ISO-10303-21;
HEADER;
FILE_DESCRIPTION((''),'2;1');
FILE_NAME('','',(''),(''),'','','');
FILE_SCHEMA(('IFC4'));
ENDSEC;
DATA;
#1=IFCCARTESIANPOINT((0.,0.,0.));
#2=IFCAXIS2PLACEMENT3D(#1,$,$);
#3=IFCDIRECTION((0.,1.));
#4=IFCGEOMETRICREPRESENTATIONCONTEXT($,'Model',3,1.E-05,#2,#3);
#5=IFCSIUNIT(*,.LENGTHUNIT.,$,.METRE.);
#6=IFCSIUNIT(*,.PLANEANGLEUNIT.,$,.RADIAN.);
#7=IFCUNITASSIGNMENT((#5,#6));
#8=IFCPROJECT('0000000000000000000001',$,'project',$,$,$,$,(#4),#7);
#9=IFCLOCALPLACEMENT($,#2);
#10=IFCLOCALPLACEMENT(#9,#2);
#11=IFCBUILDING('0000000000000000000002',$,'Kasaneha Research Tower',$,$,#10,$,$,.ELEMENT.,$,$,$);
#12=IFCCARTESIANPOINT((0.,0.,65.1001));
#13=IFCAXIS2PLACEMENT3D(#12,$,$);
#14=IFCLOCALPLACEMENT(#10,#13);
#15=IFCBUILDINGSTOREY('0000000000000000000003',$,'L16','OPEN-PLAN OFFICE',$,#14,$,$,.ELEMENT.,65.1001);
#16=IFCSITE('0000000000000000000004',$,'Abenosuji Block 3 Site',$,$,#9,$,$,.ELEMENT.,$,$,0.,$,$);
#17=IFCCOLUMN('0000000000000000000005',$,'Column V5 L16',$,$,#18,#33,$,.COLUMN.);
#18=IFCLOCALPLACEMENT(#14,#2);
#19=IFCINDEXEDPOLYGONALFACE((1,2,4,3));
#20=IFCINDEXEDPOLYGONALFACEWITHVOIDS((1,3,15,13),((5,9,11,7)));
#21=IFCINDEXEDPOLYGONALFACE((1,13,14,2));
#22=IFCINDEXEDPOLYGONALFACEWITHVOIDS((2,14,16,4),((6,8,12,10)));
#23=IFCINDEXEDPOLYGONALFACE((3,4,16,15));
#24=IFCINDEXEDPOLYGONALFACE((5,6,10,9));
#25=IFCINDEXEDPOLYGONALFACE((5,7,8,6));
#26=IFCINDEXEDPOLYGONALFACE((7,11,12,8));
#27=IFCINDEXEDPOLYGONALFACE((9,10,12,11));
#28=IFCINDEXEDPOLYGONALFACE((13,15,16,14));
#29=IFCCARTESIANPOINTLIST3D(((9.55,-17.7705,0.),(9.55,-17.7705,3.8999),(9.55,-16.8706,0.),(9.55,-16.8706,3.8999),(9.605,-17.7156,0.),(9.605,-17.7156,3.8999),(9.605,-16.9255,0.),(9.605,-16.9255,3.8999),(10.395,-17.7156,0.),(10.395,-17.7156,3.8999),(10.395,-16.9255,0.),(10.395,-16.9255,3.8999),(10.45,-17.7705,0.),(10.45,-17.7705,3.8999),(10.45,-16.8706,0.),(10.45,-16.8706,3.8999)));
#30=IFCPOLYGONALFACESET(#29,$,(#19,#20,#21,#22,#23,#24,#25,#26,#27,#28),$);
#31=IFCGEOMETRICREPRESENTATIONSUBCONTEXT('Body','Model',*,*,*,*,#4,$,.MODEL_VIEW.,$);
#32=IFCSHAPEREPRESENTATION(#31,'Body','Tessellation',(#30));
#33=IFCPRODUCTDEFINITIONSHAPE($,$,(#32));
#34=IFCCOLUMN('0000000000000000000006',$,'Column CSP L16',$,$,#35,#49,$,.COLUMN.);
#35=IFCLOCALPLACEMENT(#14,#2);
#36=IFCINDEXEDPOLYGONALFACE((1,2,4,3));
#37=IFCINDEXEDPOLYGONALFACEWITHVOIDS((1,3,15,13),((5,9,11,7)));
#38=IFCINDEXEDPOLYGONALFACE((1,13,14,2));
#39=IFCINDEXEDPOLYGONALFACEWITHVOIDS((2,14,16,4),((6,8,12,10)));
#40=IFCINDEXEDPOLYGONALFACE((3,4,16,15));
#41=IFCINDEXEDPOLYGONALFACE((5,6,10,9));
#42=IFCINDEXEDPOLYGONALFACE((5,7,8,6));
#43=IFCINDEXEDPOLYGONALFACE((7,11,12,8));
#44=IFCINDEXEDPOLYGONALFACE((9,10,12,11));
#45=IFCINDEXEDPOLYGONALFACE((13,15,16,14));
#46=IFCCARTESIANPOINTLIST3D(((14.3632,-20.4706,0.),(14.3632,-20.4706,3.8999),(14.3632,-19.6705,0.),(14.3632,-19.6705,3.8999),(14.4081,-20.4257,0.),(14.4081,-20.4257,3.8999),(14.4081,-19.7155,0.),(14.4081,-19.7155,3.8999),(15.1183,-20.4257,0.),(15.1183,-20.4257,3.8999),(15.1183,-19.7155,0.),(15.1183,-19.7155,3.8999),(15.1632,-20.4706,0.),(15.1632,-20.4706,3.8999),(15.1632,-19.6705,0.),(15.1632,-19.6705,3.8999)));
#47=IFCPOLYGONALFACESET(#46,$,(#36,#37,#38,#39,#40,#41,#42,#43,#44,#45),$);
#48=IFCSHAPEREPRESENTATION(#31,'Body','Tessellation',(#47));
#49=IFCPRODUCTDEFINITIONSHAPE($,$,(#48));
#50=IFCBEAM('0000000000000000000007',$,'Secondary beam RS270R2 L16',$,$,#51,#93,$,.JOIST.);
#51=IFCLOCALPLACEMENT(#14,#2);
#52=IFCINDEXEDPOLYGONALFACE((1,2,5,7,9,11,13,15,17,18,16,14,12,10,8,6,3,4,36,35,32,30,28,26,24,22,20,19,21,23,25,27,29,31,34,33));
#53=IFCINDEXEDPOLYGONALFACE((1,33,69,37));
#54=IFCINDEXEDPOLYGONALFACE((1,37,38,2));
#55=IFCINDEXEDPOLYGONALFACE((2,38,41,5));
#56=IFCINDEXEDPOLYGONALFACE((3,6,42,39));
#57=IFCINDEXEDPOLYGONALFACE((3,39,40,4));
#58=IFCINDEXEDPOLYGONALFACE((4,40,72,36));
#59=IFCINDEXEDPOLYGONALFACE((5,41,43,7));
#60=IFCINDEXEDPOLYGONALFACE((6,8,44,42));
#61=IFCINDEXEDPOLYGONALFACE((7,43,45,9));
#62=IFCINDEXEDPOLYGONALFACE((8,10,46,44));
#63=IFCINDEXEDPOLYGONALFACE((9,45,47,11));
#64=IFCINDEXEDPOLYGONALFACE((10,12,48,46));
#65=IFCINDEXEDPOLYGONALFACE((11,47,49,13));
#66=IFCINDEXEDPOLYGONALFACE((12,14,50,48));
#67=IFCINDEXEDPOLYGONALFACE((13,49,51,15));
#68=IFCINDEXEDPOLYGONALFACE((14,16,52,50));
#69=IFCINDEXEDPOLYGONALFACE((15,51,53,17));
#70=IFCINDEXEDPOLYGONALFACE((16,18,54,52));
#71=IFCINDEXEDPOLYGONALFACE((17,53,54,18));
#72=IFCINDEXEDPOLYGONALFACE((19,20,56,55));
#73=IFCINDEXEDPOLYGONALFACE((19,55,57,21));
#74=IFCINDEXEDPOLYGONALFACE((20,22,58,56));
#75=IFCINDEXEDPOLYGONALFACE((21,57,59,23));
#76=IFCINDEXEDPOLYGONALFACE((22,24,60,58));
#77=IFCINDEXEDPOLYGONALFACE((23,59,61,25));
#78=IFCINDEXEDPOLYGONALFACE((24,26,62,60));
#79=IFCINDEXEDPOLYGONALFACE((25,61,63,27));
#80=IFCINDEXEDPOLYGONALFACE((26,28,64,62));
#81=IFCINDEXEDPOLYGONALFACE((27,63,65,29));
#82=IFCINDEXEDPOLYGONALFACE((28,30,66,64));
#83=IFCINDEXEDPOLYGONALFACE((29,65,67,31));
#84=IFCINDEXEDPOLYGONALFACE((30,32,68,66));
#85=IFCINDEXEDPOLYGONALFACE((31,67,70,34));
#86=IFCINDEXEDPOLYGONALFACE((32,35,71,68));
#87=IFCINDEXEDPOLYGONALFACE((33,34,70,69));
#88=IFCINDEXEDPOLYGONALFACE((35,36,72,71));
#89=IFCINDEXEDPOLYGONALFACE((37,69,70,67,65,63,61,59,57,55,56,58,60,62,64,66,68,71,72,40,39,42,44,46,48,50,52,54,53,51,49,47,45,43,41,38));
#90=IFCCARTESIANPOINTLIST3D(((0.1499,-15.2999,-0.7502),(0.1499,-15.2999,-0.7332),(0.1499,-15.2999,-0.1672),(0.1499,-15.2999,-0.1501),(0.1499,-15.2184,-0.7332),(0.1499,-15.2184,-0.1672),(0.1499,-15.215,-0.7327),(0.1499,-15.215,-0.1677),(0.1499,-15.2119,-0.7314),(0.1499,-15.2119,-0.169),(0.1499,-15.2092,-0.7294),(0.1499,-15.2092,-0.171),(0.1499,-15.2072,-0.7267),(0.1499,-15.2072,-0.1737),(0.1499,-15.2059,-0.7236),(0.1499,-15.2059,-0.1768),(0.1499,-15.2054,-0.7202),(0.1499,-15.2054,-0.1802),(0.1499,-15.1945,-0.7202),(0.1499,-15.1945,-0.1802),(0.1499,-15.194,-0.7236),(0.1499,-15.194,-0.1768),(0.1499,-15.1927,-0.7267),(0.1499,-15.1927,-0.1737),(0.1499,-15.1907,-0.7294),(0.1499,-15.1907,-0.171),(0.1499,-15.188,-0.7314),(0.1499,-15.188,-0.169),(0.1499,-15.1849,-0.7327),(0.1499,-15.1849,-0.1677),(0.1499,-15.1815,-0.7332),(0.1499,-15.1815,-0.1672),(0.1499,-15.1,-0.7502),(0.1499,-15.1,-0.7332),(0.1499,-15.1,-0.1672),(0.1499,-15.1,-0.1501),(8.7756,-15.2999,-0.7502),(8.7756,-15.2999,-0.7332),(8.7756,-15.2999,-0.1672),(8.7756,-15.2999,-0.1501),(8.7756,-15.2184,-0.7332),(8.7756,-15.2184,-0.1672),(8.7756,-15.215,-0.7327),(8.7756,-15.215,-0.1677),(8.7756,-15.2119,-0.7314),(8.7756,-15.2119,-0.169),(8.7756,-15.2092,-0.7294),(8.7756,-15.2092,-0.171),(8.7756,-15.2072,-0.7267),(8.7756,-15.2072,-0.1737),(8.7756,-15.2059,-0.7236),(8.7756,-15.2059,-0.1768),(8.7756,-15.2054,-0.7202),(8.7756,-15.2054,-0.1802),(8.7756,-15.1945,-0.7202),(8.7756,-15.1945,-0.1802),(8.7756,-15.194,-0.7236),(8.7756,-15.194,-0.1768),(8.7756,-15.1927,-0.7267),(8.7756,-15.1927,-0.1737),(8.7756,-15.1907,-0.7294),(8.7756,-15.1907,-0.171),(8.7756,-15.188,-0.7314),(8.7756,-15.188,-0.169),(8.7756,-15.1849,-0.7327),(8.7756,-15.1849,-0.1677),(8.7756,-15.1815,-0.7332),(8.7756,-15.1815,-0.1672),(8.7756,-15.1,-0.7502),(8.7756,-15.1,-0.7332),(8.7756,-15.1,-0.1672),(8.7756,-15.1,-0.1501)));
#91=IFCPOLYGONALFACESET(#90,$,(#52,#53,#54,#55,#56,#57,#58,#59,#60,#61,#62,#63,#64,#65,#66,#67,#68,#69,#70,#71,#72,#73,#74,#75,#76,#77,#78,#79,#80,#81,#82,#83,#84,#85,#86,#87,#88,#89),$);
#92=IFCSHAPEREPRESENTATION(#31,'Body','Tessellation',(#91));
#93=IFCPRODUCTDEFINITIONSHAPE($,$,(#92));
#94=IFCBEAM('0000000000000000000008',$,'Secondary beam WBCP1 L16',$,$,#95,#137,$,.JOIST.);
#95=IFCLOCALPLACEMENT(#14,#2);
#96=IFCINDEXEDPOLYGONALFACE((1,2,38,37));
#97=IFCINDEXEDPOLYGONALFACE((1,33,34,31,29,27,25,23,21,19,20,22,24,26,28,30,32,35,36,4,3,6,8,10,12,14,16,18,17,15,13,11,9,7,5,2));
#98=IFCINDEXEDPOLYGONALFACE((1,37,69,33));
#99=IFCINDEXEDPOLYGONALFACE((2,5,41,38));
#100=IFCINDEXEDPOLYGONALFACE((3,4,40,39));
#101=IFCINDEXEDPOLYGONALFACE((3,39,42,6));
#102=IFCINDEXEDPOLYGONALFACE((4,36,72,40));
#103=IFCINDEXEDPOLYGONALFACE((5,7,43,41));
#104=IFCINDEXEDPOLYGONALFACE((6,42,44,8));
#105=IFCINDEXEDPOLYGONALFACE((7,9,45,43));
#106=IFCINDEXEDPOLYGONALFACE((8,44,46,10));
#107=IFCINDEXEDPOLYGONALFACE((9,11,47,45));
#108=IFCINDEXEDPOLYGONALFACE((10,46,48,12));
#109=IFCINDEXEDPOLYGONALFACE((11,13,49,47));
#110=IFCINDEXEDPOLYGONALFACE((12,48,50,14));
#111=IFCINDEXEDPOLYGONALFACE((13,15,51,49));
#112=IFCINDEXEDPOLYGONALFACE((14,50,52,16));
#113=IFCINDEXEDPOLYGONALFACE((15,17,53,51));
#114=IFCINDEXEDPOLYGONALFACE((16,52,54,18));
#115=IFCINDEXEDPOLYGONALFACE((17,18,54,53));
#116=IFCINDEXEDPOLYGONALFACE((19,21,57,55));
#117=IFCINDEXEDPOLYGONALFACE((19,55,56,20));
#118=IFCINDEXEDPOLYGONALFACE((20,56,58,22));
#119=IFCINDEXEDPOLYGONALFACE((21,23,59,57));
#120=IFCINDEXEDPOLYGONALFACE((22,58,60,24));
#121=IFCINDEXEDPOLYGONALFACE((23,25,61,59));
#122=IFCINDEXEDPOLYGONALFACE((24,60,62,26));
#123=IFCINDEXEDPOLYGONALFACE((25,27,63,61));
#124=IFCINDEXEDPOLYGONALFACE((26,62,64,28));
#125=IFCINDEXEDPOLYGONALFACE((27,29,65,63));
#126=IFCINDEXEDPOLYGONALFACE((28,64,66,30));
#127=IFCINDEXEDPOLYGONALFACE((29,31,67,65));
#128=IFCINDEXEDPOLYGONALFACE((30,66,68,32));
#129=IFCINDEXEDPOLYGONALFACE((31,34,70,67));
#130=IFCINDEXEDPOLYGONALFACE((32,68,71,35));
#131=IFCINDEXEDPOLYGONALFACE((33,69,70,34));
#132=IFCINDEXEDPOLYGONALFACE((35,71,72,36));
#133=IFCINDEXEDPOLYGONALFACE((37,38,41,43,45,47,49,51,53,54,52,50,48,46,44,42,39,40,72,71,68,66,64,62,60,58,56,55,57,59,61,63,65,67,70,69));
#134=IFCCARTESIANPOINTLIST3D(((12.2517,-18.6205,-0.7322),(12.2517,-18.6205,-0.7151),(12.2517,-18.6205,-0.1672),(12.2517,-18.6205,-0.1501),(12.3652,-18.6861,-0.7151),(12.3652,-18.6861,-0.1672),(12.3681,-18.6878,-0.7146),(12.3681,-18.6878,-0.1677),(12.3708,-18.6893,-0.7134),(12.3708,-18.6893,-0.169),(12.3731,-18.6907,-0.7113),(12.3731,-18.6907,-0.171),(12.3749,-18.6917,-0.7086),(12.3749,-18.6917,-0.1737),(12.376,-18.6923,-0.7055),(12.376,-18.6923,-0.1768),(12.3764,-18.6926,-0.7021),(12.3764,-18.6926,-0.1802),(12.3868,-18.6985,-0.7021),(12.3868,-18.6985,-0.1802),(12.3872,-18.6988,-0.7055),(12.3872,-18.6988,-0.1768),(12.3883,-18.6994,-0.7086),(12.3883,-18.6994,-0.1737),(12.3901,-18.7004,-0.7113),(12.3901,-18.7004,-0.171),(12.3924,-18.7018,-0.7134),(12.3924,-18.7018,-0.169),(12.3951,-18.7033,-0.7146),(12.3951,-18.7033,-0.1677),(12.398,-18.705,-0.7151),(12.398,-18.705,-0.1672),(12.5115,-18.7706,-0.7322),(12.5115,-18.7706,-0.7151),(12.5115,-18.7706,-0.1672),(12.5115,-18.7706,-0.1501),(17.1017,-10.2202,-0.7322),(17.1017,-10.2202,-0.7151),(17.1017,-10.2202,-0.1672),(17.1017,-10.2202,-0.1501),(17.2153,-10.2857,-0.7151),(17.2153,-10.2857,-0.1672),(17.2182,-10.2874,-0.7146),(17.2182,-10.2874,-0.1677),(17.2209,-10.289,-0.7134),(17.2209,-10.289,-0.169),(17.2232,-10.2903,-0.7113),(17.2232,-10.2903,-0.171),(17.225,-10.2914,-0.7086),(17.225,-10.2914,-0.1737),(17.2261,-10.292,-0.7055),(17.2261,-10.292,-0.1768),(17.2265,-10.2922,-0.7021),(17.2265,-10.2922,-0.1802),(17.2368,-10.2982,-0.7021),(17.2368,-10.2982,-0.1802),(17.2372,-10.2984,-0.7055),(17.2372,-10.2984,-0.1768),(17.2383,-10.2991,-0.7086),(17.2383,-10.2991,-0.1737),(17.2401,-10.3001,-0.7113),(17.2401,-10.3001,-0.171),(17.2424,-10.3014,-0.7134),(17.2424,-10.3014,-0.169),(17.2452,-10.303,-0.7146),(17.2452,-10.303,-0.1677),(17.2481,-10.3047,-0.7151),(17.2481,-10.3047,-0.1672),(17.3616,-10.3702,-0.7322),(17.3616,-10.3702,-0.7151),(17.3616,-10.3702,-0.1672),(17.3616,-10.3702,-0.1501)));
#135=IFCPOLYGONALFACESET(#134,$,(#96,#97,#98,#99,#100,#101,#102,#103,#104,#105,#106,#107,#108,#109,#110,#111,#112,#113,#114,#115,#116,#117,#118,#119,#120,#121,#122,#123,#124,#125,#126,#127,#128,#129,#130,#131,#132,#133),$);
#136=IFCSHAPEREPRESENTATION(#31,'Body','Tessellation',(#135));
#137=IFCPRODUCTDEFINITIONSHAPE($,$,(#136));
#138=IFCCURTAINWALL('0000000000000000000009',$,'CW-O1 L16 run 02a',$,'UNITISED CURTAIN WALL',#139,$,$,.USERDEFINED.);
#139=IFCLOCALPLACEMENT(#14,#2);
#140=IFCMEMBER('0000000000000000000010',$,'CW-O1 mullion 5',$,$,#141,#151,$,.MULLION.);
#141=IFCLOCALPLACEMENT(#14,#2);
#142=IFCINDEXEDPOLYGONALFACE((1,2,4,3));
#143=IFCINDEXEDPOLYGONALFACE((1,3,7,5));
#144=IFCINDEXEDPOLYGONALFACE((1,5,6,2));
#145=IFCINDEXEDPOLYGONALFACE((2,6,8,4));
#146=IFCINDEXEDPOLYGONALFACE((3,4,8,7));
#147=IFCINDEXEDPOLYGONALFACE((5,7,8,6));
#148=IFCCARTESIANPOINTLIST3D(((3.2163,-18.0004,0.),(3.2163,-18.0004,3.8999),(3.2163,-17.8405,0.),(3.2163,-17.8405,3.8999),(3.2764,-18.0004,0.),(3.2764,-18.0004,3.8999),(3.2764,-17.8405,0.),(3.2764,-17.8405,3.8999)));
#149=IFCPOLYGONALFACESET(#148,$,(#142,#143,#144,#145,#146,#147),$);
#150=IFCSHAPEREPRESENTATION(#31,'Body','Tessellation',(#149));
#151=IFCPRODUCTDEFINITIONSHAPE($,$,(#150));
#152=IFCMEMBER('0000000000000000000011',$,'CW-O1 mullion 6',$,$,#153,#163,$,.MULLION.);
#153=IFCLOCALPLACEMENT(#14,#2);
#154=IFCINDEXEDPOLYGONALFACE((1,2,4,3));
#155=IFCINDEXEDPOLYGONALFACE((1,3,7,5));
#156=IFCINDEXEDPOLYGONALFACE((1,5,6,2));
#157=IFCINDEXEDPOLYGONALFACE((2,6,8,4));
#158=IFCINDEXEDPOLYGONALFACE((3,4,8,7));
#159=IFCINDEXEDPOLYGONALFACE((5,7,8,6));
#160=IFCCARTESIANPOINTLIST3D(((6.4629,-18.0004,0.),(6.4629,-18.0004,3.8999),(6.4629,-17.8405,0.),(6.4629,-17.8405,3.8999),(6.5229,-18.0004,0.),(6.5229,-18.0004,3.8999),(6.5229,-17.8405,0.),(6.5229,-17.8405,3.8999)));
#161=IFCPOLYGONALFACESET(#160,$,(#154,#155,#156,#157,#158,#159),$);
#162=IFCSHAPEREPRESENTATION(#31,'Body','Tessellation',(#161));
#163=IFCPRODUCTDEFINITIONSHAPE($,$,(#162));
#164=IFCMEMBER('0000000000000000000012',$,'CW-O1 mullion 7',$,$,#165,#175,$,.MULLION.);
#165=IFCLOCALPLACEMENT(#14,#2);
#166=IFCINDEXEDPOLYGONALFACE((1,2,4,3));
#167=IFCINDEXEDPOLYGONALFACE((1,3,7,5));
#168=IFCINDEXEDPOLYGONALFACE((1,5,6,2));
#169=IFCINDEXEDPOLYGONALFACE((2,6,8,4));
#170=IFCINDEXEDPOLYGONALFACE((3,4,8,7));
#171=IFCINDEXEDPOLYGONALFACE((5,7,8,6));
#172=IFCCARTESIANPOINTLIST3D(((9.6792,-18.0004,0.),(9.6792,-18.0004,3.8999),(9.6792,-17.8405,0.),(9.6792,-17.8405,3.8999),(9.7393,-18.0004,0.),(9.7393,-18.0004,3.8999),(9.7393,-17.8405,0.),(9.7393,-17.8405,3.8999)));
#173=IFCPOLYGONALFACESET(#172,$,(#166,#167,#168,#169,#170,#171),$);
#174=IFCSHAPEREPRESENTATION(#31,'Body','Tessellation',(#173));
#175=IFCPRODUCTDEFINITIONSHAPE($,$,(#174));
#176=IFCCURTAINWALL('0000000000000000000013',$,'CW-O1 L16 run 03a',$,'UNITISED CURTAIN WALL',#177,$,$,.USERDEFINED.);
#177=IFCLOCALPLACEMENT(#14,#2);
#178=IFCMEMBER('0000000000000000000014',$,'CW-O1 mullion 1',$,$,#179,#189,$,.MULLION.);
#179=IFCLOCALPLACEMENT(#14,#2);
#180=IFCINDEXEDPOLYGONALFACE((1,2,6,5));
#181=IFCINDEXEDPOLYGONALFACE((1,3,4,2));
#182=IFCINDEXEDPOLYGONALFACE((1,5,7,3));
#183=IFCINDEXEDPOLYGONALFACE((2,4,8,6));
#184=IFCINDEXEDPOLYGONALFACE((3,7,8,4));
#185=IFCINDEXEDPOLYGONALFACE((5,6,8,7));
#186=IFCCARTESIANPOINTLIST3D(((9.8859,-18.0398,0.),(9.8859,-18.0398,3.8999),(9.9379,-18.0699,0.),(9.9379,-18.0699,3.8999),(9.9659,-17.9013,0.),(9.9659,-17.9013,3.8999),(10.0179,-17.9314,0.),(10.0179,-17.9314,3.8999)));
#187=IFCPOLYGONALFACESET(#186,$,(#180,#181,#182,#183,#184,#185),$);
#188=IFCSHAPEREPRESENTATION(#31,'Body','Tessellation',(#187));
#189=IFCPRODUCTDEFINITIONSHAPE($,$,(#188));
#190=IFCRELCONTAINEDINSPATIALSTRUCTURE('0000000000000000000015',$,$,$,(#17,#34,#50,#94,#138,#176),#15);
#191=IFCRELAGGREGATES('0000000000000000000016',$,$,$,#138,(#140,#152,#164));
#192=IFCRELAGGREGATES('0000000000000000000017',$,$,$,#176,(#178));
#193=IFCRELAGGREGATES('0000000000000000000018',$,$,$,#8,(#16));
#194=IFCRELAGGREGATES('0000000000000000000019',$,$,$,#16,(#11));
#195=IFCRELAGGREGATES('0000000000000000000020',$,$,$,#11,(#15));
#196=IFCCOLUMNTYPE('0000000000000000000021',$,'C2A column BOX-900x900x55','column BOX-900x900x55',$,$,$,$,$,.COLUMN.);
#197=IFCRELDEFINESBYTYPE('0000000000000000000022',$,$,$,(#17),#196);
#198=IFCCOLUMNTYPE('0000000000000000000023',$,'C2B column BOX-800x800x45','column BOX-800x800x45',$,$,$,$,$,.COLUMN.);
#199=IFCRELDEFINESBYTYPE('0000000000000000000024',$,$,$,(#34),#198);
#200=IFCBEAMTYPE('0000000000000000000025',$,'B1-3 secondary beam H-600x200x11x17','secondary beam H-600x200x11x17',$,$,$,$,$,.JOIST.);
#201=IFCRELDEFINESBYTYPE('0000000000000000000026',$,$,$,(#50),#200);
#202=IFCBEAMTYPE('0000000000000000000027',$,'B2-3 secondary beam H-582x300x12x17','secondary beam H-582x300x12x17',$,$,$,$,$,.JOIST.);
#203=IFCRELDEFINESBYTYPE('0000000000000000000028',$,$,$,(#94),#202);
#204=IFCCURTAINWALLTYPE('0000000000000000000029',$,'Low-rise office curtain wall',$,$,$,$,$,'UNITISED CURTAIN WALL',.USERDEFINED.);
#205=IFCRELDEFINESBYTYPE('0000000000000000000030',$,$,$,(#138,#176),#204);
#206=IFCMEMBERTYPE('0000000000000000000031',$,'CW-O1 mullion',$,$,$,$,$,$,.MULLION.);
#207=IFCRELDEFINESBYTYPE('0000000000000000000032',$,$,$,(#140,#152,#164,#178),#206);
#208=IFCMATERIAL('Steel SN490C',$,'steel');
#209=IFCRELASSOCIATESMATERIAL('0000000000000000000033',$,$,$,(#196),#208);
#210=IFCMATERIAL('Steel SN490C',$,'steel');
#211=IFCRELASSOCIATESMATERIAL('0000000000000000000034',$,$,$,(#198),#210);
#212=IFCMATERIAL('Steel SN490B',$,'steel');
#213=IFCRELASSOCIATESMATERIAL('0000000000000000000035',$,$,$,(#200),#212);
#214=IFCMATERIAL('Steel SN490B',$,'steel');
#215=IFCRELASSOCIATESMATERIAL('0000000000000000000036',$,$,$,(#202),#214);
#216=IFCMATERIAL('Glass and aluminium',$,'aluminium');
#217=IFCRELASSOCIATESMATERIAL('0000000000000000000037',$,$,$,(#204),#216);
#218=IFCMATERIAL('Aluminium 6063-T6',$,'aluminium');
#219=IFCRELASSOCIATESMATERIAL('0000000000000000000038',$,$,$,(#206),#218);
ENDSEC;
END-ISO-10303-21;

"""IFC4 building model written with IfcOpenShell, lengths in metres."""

from ifc_helpers import new_model, si_unit, direction, frame, origin, origin_2d, place, context, subcontext, project, spatial, rectangle, hollow_rectangle, i_section, extrude, material, material_profile, profile_set, type_object, element, aggregate, save


model = new_model("IFC4")

# Units and contexts
model_context = context("Model", 3, precision=1e-05, world=origin(), true_north=direction((0.0, 1.0)))
body_context = subcontext(model_context, "Body", "Model", "MODEL_VIEW")
ifc_project = project(units=[si_unit("LENGTHUNIT", "METRE"), si_unit("PLANEANGLEUNIT", "RADIAN")], contexts=[model_context])

# Site, building, storey
site_placement = place(None, origin())
site = spatial("IfcSite", under=ifc_project, at=site_placement, Name="Abenosuji Block 3 Site", CompositionType="ELEMENT", RefElevation=0.0)
building_placement = place(site_placement, origin())
building = spatial("IfcBuilding", under=site, at=building_placement, Name="Kasaneha Research Tower", CompositionType="ELEMENT")
storey_placement = place(building_placement, frame((0.0, 0.0, 65.1001)))
storey = spatial("IfcBuildingStorey", under=building, at=storey_placement, Name="L16", Description="OPEN-PLAN OFFICE", CompositionType="ELEMENT", Elevation=65.1001)

# Columns
ifc_material_1 = material(Name="Steel SN490C", Category="steel")
ifc_material_profile_1 = material_profile(ifc_material_1, hollow_rectangle(XDim=0.8999, YDim=0.8999, WallThickness=0.0549, at=origin_2d()), Name="BOX-900x900x55")
ifc_profile_set_1 = profile_set([ifc_material_profile_1], Name="Steel SN490C")
column_type_1 = type_object("IfcColumnType", Name="C2A column BOX-900x900x55", Description="column BOX-900x900x55", PredefinedType="COLUMN", material=ifc_profile_set_1)
column_1_placement = place(storey_placement, frame((10.0, -17.3206, 0.0), z_axis=(0.0, 0.0, 1.0), x_axis=(1.0, 0.0, 0.0)))
element("IfcColumn", 1, at=column_1_placement, inside=storey, type_object=column_type_1, Name="Column V5 L16", PredefinedType="COLUMN", context=body_context, shape_type="SweptSolid", body=[
    extrude(hollow_rectangle(XDim=0.8999, YDim=0.8999, WallThickness=0.0549, at=origin_2d()), origin(), (0.0, 0.0, 1.0), 3.8999),
])
ifc_material_2 = material(Name="Steel SN490C", Category="steel")
ifc_material_profile_2 = material_profile(ifc_material_2, hollow_rectangle(XDim=0.8, YDim=0.8, WallThickness=0.0449, at=origin_2d()), Name="BOX-800x800x45")
ifc_profile_set_2 = profile_set([ifc_material_profile_2], Name="Steel SN490C")
column_type_2 = type_object("IfcColumnType", Name="C2B column BOX-800x800x45", Description="column BOX-800x800x45", PredefinedType="COLUMN", material=ifc_profile_set_2)
column_2_placement = place(storey_placement, frame((14.7632, -20.0706, 0.0), z_axis=(0.0, 0.0, 1.0), x_axis=(1.0, 0.0, 0.0)))
element("IfcColumn", 2, at=column_2_placement, inside=storey, type_object=column_type_2, Name="Column CSP L16", PredefinedType="COLUMN", context=body_context, shape_type="SweptSolid", body=[
    extrude(hollow_rectangle(XDim=0.8, YDim=0.8, WallThickness=0.0449, at=origin_2d()), origin(), (0.0, 0.0, 1.0), 3.8999),
])

# Beams
ifc_material_3 = material(Name="Steel SN490B", Category="steel")
ifc_material_profile_3 = material_profile(ifc_material_3, i_section(OverallWidth=0.2, OverallDepth=0.6001, WebThickness=0.011, FlangeThickness=0.0171, FilletRadius=0.0129, at=origin_2d()), Name="H-600x200x11x17")
ifc_profile_set_3 = profile_set([ifc_material_profile_3], Name="Steel SN490B")
beam_type_1 = type_object("IfcBeamType", Name="B1-3 secondary beam H-600x200x11x17", Description="secondary beam H-600x200x11x17", PredefinedType="JOIST", material=ifc_profile_set_3)
beam_1_placement = place(storey_placement, frame((8.7756, -15.2, -0.4502), z_axis=(-1.0, 0.0, 0.0), x_axis=(0.0, -1.0, 0.0)))
element("IfcBeam", 3, at=beam_1_placement, inside=storey, type_object=beam_type_1, Name="Secondary beam RS270R2 L16", PredefinedType="JOIST", context=body_context, shape_type="SweptSolid", body=[
    extrude(i_section(OverallWidth=0.2, OverallDepth=0.6001, WebThickness=0.011, FlangeThickness=0.0171, FilletRadius=0.0129, at=origin_2d()), origin(), (0.0, 0.0, 1.0), 8.6257),
])
ifc_material_4 = material(Name="Steel SN490B", Category="steel")
ifc_material_profile_4 = material_profile(ifc_material_4, i_section(OverallWidth=0.3, OverallDepth=0.582, WebThickness=0.012, FlangeThickness=0.0171, FilletRadius=0.0129, at=origin_2d()), Name="H-582x300x12x17")
ifc_profile_set_4 = profile_set([ifc_material_profile_4], Name="Steel SN490B")
beam_type_2 = type_object("IfcBeamType", Name="B2-3 secondary beam H-582x300x12x17", Description="secondary beam H-582x300x12x17", PredefinedType="JOIST", material=ifc_profile_set_4)
beam_2_placement = place(storey_placement, frame((12.3816, -18.6956, -0.4412), z_axis=(0.50001, 0.86602, 0.0), x_axis=(-0.86602, 0.50001, 0.0)))
element("IfcBeam", 4, at=beam_2_placement, inside=storey, type_object=beam_type_2, Name="Secondary beam WBCP1 L16", PredefinedType="JOIST", context=body_context, shape_type="SweptSolid", body=[
    extrude(i_section(OverallWidth=0.3, OverallDepth=0.582, WebThickness=0.012, FlangeThickness=0.0171, FilletRadius=0.0129, at=origin_2d()), origin(), (0.0, 0.0, 1.0), 9.7),
])

# Curtain walls, members
ifc_material_5 = material(Name="Glass and aluminium", Category="aluminium")
curtain_wall_type = type_object("IfcCurtainWallType", Name="Low-rise office curtain wall", ElementType="UNITISED CURTAIN WALL", PredefinedType="USERDEFINED", material=ifc_material_5)
curtain_wall_1_placement = place(storey_placement, origin())
curtain_wall_1 = element("IfcCurtainWall", 5, at=curtain_wall_1_placement, inside=storey, type_object=curtain_wall_type, Name="CW-O1 L16 run 02a", ObjectType="UNITISED CURTAIN WALL", PredefinedType="USERDEFINED")
ifc_material_6 = material(Name="Aluminium 6063-T6", Category="aluminium")
ifc_material_profile_5 = material_profile(ifc_material_6, rectangle(XDim=0.0601, YDim=0.1599, at=origin_2d()), Name="CW-O1 mullion 60x160")
ifc_profile_set_5 = profile_set([ifc_material_profile_5], Name="Aluminium 6063-T6")
member_type_1 = type_object("IfcMemberType", Name="CW-O1 mullion", PredefinedType="MULLION", material=ifc_profile_set_5)
member_1_placement = place(storey_placement, frame((3.2463, -17.9204, 0.0), z_axis=(0.0, 0.0, 1.0), x_axis=(1.0, 0.0, 0.0)))
member_1 = element("IfcMember", 6, at=member_1_placement, type_object=member_type_1, Name="CW-O1 mullion 5", PredefinedType="MULLION", context=body_context, shape_type="SweptSolid", body=[
    extrude(rectangle(XDim=0.0601, YDim=0.1599, at=origin_2d()), origin(), (0.0, 0.0, 1.0), 3.8999),
])
member_2_placement = place(storey_placement, frame((6.4929, -17.9204, 0.0), z_axis=(0.0, 0.0, 1.0), x_axis=(1.0, 0.0, 0.0)))
member_2 = element("IfcMember", 7, at=member_2_placement, type_object=member_type_1, Name="CW-O1 mullion 6", PredefinedType="MULLION", context=body_context, shape_type="SweptSolid", body=[
    extrude(rectangle(XDim=0.0601, YDim=0.1599, at=origin_2d()), origin(), (0.0, 0.0, 1.0), 3.8999),
])
member_3_placement = place(storey_placement, frame((9.7092, -17.9204, 0.0), z_axis=(0.0, 0.0, 1.0), x_axis=(1.0, 0.0, 0.0)))
member_3 = element("IfcMember", 8, at=member_3_placement, type_object=member_type_1, Name="CW-O1 mullion 7", PredefinedType="MULLION", context=body_context, shape_type="SweptSolid", body=[
    extrude(rectangle(XDim=0.0601, YDim=0.1599, at=origin_2d()), origin(), (0.0, 0.0, 1.0), 3.8999),
])
curtain_wall_2_placement = place(storey_placement, origin())
curtain_wall_2 = element("IfcCurtainWall", 9, at=curtain_wall_2_placement, inside=storey, type_object=curtain_wall_type, Name="CW-O1 L16 run 03a", ObjectType="UNITISED CURTAIN WALL", PredefinedType="USERDEFINED")
member_4_placement = place(storey_placement, frame((9.9519, -17.9856, 0.0), z_axis=(0.0, 0.0, 1.0), x_axis=(0.866025, -0.5, 0.0)))
member_4 = element("IfcMember", 10, at=member_4_placement, type_object=member_type_1, Name="CW-O1 mullion 1", PredefinedType="MULLION", context=body_context, shape_type="SweptSolid", body=[
    extrude(rectangle(XDim=0.0601, YDim=0.1599, at=origin_2d()), origin(), (0.0, 0.0, 1.0), 3.8999),
])

aggregate(curtain_wall_1, [member_1, member_2, member_3])
aggregate(curtain_wall_2, [member_4])

save(model, "model.ifc")
